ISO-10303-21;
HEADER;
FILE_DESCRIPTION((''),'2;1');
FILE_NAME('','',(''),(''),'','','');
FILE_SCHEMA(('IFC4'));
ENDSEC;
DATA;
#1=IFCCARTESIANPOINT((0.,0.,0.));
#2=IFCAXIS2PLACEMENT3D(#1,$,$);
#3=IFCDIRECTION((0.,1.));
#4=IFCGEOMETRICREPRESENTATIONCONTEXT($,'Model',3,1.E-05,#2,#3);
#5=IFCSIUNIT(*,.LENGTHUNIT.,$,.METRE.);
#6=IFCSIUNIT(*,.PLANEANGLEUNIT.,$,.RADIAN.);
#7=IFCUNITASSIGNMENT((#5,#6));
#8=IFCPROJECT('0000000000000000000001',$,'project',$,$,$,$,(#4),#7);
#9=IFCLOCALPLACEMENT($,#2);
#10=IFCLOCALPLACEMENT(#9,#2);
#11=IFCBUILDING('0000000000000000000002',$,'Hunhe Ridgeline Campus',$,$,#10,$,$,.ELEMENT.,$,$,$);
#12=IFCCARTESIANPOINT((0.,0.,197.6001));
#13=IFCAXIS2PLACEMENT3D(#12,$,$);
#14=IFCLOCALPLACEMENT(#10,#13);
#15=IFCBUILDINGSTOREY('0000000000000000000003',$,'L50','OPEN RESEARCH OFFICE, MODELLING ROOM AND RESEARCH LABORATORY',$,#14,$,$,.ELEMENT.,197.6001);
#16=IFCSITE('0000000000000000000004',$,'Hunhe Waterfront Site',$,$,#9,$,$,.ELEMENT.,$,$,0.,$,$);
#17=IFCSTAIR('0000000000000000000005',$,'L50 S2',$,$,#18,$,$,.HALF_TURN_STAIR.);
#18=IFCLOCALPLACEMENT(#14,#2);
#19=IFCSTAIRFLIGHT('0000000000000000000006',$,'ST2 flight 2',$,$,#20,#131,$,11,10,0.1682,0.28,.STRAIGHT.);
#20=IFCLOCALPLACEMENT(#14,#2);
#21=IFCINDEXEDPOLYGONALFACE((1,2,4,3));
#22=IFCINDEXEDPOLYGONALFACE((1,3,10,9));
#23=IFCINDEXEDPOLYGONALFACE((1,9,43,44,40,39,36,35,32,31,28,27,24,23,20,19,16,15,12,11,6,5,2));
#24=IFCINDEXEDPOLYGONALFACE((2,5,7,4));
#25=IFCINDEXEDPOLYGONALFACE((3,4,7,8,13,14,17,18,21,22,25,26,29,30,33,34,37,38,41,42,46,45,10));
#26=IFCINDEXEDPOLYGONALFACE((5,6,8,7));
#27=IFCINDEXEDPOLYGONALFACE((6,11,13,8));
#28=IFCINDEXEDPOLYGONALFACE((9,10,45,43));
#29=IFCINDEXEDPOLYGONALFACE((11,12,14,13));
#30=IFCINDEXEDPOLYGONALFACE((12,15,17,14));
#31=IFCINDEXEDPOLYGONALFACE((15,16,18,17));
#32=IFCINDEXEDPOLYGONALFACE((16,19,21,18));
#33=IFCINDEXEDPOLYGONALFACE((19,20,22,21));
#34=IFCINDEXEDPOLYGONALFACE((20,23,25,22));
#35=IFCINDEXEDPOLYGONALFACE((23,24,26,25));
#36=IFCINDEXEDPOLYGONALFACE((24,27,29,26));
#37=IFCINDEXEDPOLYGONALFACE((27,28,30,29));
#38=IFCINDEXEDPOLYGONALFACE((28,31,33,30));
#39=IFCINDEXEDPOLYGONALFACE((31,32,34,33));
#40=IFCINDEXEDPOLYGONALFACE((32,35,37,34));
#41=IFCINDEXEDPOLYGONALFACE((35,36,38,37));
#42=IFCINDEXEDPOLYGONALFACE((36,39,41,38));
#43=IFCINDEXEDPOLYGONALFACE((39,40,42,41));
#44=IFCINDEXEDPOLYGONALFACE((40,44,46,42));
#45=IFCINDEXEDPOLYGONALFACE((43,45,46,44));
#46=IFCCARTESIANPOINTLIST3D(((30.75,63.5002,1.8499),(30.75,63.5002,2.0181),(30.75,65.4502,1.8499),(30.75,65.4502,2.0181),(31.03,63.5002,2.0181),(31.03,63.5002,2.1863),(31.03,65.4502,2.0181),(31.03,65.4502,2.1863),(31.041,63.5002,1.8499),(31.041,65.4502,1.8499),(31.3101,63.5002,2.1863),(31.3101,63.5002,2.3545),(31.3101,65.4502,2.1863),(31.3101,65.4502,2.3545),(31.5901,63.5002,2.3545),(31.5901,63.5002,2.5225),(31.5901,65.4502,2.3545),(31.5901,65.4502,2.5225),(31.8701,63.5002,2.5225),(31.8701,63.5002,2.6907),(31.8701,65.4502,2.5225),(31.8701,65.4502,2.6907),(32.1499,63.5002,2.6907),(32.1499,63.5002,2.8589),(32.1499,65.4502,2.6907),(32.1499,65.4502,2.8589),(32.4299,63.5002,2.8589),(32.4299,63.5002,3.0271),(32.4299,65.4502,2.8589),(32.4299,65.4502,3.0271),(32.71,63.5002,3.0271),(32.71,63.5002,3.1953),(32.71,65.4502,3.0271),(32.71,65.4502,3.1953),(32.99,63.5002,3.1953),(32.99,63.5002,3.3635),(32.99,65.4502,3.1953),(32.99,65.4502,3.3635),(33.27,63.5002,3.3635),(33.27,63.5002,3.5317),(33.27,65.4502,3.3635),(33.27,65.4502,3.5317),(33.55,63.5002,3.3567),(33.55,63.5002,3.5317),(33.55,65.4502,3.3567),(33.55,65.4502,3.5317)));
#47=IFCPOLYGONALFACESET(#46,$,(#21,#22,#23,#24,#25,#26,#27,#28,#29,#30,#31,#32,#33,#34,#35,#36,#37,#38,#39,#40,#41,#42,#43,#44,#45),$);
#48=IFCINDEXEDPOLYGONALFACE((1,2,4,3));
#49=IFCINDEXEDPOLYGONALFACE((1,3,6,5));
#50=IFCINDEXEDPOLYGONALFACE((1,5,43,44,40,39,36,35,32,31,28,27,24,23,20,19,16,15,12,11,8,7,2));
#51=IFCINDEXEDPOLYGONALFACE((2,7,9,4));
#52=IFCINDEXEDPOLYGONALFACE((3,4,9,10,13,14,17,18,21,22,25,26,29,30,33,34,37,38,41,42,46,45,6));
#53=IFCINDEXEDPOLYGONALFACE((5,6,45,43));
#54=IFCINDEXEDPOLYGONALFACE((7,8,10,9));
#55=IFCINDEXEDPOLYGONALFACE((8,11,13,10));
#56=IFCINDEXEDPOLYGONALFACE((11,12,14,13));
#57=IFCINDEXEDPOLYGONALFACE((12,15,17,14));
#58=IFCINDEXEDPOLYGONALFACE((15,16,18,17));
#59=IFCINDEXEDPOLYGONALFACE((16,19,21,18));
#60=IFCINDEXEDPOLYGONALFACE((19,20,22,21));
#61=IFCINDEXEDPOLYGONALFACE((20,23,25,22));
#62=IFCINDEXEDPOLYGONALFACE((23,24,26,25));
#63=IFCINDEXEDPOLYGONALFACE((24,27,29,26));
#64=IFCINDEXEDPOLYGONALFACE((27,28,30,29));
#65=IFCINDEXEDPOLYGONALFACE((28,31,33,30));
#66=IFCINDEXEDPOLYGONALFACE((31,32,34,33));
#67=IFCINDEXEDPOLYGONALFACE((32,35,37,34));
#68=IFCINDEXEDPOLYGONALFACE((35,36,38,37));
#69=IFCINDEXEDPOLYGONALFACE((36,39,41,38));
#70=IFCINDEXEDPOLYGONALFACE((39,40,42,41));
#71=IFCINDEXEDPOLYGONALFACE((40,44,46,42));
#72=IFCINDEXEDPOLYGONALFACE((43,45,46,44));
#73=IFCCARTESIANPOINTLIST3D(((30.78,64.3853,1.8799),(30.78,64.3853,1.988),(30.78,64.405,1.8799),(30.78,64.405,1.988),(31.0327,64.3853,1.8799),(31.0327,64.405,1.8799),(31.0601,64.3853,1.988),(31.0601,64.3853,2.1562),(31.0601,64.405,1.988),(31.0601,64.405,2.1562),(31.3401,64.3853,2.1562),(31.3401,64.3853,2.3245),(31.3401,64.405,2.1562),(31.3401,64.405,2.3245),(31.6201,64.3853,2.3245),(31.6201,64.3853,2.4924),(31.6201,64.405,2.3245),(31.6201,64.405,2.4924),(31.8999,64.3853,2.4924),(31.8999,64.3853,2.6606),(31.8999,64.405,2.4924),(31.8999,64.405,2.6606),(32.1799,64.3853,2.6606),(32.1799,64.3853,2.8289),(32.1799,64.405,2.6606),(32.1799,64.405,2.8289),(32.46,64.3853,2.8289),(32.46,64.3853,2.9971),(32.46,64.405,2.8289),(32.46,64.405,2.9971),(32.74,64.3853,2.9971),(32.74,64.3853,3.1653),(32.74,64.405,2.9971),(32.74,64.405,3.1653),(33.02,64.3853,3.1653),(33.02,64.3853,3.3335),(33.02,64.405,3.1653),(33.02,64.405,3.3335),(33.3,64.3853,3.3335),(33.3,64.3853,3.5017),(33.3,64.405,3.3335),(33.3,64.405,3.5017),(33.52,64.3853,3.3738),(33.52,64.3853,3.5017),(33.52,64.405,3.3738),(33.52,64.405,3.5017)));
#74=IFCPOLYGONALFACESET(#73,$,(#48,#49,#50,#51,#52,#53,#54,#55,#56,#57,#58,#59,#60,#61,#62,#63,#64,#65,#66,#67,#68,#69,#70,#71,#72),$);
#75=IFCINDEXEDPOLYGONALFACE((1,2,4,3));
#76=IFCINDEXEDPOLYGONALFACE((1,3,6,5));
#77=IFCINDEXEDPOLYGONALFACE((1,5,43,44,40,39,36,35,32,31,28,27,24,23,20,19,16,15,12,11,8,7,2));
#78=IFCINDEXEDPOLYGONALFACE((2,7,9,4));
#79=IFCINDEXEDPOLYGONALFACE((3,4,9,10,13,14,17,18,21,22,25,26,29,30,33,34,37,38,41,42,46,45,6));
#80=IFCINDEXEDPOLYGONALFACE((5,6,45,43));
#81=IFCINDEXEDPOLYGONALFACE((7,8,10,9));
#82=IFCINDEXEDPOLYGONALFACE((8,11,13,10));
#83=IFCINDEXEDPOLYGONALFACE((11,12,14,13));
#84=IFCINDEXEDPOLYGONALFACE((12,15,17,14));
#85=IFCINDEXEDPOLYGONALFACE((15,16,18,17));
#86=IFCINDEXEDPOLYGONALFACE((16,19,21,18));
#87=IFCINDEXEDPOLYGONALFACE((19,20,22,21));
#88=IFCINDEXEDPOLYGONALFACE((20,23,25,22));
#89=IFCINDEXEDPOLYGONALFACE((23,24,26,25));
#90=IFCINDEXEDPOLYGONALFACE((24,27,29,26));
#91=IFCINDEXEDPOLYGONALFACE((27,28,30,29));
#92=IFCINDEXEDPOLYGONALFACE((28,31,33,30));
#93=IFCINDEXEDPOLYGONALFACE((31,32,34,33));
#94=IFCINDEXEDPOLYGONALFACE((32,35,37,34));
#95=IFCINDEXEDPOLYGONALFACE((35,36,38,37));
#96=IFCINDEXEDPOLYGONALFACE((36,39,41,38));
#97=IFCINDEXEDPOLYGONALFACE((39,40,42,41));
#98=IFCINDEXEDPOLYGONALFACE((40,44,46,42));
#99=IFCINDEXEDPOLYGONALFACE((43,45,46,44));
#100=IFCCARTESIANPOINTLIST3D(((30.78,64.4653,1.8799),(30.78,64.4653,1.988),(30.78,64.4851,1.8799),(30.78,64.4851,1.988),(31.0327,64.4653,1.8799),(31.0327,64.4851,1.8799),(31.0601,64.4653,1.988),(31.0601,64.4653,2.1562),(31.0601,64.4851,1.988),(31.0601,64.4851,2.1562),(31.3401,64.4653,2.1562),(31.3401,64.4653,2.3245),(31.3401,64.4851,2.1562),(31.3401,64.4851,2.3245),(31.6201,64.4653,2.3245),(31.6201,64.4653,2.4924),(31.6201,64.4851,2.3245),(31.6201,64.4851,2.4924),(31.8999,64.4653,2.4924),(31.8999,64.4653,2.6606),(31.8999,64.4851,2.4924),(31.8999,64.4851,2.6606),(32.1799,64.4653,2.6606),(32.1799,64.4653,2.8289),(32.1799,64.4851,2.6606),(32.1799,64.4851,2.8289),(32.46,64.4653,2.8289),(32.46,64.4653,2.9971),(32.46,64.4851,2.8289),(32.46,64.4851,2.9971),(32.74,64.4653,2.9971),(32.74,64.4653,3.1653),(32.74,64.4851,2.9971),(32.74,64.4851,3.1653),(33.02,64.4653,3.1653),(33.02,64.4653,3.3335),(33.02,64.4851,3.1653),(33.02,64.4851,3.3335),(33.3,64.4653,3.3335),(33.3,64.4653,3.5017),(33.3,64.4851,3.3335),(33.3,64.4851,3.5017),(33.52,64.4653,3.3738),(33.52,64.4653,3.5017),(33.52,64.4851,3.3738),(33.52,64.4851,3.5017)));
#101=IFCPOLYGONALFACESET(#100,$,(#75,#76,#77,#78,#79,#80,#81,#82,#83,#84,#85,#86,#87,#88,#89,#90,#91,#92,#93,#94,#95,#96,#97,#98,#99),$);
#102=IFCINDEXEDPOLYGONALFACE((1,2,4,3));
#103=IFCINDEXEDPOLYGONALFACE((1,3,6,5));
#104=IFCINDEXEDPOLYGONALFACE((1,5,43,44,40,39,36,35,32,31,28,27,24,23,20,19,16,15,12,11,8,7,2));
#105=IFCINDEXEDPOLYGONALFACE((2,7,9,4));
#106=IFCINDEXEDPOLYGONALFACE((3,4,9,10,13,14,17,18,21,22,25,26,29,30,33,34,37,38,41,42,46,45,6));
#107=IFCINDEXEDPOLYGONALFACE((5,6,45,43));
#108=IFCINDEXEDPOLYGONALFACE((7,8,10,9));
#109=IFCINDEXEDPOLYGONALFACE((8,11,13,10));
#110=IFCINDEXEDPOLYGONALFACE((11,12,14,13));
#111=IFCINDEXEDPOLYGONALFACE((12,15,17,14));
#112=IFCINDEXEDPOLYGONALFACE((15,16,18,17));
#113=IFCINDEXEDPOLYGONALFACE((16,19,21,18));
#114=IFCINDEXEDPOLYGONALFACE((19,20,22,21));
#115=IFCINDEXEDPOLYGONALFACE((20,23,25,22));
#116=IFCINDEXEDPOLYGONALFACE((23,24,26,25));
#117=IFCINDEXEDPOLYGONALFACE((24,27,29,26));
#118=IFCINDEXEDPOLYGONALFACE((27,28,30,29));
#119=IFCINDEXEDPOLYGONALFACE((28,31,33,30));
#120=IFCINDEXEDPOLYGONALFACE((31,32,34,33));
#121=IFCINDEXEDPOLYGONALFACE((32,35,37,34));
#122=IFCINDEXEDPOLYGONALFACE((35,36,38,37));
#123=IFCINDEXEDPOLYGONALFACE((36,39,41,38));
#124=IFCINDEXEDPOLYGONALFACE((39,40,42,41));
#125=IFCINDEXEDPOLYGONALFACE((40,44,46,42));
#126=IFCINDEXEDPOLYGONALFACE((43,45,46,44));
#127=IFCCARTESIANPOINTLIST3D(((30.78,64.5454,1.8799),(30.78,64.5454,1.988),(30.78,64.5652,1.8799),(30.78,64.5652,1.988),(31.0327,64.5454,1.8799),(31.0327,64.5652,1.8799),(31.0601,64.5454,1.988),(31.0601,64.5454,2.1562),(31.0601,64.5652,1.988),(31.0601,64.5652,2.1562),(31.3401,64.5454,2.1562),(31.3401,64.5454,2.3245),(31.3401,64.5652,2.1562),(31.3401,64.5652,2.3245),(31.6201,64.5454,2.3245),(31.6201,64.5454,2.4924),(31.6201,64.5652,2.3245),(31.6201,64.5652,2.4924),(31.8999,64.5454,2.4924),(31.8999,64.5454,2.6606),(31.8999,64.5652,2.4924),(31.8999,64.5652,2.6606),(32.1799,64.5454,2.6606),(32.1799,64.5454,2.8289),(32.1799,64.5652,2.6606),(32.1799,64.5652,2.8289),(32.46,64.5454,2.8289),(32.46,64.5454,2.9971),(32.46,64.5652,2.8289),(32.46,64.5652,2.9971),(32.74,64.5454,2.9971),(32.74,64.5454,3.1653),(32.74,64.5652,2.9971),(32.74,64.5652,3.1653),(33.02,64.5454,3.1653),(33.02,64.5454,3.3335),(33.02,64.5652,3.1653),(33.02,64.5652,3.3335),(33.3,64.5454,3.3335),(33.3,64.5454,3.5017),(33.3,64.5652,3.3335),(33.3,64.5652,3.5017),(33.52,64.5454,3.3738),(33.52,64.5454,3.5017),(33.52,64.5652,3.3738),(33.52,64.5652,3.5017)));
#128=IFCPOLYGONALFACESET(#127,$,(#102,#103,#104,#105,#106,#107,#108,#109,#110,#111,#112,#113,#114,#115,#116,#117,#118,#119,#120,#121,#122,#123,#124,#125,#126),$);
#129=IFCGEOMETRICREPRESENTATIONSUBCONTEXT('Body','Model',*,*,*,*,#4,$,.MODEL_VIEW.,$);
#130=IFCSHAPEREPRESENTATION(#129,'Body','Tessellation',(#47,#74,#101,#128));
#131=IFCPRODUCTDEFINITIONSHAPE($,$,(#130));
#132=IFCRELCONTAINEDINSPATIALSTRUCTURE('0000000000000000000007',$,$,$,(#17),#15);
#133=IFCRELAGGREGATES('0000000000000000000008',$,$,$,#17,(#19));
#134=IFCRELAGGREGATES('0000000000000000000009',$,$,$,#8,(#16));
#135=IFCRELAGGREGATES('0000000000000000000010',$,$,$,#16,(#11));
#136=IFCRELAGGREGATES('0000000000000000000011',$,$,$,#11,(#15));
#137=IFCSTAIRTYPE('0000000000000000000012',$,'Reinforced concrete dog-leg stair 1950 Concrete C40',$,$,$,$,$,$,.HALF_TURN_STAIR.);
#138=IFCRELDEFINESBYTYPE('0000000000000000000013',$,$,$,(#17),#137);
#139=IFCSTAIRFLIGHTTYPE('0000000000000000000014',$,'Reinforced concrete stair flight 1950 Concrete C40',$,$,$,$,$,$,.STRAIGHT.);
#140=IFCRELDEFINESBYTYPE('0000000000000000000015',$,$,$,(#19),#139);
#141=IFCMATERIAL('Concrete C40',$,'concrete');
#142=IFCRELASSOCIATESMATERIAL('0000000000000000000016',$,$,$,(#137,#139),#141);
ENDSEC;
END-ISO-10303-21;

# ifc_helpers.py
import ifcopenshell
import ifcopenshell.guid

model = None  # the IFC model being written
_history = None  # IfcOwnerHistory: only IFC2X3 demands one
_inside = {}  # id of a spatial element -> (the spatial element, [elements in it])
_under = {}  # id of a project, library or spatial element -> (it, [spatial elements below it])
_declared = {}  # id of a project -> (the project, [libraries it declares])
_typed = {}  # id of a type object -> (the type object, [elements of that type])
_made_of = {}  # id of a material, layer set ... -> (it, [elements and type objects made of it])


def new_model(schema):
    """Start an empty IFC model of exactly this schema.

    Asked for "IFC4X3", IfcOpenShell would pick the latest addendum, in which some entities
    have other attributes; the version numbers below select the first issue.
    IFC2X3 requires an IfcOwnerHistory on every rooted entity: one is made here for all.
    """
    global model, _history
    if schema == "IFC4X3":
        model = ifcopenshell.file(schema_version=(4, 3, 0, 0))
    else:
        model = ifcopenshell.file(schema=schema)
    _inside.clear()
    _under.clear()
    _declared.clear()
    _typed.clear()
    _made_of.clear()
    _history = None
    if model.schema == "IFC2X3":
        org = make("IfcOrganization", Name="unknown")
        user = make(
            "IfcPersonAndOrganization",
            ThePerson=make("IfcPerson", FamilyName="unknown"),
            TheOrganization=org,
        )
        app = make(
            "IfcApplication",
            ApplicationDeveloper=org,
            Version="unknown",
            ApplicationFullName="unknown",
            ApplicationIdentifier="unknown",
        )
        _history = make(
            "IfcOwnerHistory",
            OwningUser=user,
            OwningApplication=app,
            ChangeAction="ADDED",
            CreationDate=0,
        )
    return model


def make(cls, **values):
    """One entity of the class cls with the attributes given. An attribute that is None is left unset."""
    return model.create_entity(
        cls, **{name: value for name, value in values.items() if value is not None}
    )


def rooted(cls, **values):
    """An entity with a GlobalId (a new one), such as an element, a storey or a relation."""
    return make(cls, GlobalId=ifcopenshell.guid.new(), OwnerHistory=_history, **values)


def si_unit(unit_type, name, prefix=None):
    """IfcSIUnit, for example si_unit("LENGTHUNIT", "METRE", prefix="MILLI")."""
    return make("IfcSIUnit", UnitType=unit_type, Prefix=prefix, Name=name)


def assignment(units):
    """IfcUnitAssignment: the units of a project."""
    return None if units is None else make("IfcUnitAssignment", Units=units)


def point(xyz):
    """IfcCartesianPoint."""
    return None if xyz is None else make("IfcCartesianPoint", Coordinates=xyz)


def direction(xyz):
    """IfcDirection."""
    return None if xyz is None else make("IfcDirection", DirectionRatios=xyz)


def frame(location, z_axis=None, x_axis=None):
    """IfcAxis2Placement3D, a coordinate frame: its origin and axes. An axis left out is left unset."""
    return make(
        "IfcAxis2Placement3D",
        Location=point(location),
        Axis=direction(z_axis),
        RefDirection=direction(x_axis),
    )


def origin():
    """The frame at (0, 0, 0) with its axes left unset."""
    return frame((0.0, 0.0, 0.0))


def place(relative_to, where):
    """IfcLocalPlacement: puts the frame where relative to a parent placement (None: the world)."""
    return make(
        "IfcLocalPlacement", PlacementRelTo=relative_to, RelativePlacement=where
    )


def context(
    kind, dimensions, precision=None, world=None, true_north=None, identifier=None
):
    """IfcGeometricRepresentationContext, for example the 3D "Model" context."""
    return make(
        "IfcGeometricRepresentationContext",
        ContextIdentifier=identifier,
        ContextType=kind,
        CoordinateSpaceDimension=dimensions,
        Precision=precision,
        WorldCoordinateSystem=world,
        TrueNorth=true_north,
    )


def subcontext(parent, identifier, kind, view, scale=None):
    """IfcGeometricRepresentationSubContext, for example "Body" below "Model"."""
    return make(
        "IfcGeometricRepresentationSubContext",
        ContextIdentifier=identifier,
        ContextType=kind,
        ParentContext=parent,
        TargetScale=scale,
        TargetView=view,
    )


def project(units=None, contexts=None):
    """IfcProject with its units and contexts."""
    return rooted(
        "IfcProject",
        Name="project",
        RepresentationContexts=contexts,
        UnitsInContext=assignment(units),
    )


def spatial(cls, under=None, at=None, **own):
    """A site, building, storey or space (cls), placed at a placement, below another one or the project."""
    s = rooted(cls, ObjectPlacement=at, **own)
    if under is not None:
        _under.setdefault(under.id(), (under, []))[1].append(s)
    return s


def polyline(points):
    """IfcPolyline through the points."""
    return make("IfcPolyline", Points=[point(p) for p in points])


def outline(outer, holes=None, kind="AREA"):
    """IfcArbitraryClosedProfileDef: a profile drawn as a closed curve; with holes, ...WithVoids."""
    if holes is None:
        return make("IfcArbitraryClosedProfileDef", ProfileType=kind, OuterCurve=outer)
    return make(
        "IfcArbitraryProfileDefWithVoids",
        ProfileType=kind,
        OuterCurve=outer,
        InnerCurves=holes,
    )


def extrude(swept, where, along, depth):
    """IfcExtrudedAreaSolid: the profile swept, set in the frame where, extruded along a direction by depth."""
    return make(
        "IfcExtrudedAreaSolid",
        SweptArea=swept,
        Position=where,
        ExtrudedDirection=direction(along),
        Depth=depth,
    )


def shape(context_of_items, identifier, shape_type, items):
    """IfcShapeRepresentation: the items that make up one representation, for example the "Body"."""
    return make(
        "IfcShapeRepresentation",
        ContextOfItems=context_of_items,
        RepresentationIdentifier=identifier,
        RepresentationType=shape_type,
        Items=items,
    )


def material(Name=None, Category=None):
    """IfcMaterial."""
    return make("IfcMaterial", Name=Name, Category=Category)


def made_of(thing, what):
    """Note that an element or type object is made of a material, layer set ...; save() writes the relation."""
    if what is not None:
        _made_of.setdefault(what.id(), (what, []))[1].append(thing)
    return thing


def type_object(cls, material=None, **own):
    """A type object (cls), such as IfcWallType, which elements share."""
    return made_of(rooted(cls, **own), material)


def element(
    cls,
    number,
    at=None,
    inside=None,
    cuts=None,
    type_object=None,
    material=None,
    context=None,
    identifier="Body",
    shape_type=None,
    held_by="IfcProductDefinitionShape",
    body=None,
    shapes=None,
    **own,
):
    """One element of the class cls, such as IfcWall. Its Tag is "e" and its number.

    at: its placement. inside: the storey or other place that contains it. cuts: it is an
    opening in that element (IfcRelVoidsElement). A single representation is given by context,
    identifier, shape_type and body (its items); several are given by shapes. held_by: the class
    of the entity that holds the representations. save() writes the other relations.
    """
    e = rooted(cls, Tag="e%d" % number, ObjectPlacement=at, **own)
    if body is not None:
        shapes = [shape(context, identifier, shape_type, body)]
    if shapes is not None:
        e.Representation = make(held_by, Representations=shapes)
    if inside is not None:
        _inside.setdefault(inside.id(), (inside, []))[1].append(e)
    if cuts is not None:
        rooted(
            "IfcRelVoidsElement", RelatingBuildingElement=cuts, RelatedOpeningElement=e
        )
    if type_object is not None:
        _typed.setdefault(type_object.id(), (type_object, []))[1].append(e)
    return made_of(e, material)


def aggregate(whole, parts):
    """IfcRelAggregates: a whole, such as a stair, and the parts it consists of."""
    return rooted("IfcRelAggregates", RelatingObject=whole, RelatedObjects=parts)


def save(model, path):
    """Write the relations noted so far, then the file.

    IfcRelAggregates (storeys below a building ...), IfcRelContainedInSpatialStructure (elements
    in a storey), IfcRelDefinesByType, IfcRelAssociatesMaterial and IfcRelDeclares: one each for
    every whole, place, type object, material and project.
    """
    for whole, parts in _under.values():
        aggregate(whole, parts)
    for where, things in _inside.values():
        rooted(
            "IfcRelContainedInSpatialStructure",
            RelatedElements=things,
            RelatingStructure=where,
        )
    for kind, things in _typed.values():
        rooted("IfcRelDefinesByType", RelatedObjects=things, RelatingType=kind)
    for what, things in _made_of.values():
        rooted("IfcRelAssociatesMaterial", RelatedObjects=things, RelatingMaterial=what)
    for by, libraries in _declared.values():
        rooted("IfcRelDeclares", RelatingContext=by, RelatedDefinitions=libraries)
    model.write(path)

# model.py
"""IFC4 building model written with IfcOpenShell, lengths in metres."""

from ifc_helpers import new_model, si_unit, direction, frame, origin, place, context, subcontext, project, spatial, polyline, outline, extrude, material, type_object, element, aggregate, save


model = new_model("IFC4")

# Units and contexts
model_context = context("Model", 3, precision=1e-05, world=origin(), true_north=direction((0.0, 1.0)))
body_context = subcontext(model_context, "Body", "Model", "MODEL_VIEW")
ifc_project = project(units=[si_unit("LENGTHUNIT", "METRE"), si_unit("PLANEANGLEUNIT", "RADIAN")], contexts=[model_context])

# Site, building, storey
site_placement = place(None, origin())
site = spatial("IfcSite", under=ifc_project, at=site_placement, Name="Hunhe Waterfront Site", CompositionType="ELEMENT", RefElevation=0.0)
building_placement = place(site_placement, origin())
building = spatial("IfcBuilding", under=site, at=building_placement, Name="Hunhe Ridgeline Campus", CompositionType="ELEMENT")
storey_placement = place(building_placement, frame((0.0, 0.0, 197.6001)))
storey = spatial("IfcBuildingStorey", under=building, at=storey_placement, Name="L50", Description="OPEN RESEARCH OFFICE, MODELLING ROOM AND RESEARCH LABORATORY", CompositionType="ELEMENT", Elevation=197.6001)

# Stair, stair flight
ifc_material_1 = material(Name="Concrete C40", Category="concrete")
stair_type = type_object("IfcStairType", Name="Reinforced concrete dog-leg stair 1950 Concrete C40", PredefinedType="HALF_TURN_STAIR", material=ifc_material_1)
stair_placement = place(storey_placement, origin())
stair = element("IfcStair", 1, at=stair_placement, inside=storey, type_object=stair_type, Name="L50 S2", PredefinedType="HALF_TURN_STAIR")
stair_flight_type = type_object("IfcStairFlightType", Name="Reinforced concrete stair flight 1950 Concrete C40", PredefinedType="STRAIGHT", material=ifc_material_1)
stair_flight_1_placement = place(storey_placement, frame((30.75, 64.4751, 1.8499), z_axis=(0.0, 0.0, 1.0), x_axis=(1.0, 0.0, 0.0)))
stair_flight_1 = element("IfcStairFlight", 2, at=stair_flight_1_placement, type_object=stair_flight_type, Name="ST2 flight 2", NumberOfRisers=11, NumberOfTreads=10, PredefinedType="STRAIGHT", RiserHeight=0.1682, TreadLength=0.28, context=body_context, shape_type="SweptSolid", body=[
    extrude(outline(polyline([(0.0, 0.0), (0.0, 0.1682), (0.28, 0.1682), (0.28, 0.3364), (0.5601, 0.3364), (0.5601, 0.5046), (0.8401, 0.5046), (0.8401, 0.6726), (1.1201, 0.6726), (1.1201, 0.8408), (1.3999, 0.8408), (1.3999, 1.009), (1.6799, 1.009), (1.6799, 1.1772), (1.96, 1.1772), (1.96, 1.3455), (2.24, 1.3455), (2.24, 1.5137), (2.52, 1.5137), (2.52, 1.6819), (2.8, 1.6819), (2.8, 1.8501), (2.8, 1.5068), (0.291, 0.0), (0.0, 0.0)])), frame((0.0, 0.9751, 0.0), z_axis=(0.0, -1.0, 0.0), x_axis=(1.0, 0.0, 0.0)), (0.0, 0.0, 1.0), 1.95),
    extrude(outline(polyline([(0.03, 0.03), (0.03, 0.1382), (0.3101, 0.1382), (0.3101, 0.3064), (0.5901, 0.3064), (0.5901, 0.4746), (0.8701, 0.4746), (0.8701, 0.6426), (1.1499, 0.6426), (1.1499, 0.8108), (1.4299, 0.8108), (1.4299, 0.979), (1.71, 0.979), (1.71, 1.1472), (1.99, 1.1472), (1.99, 1.3154), (2.27, 1.3154), (2.27, 1.4836), (2.55, 1.4836), (2.55, 1.6519), (2.77, 1.6519), (2.77, 1.5239), (0.2827, 0.03), (0.03, 0.03)])), frame((0.0, -0.0701, 0.0), z_axis=(0.0, -1.0, 0.0), x_axis=(1.0, 0.0, 0.0)), (0.0, 0.0, 1.0), 0.0198),
    extrude(outline(polyline([(0.03, 0.03), (0.03, 0.1382), (0.3101, 0.1382), (0.3101, 0.3064), (0.5901, 0.3064), (0.5901, 0.4746), (0.8701, 0.4746), (0.8701, 0.6426), (1.1499, 0.6426), (1.1499, 0.8108), (1.4299, 0.8108), (1.4299, 0.979), (1.71, 0.979), (1.71, 1.1472), (1.99, 1.1472), (1.99, 1.3154), (2.27, 1.3154), (2.27, 1.4836), (2.55, 1.4836), (2.55, 1.6519), (2.77, 1.6519), (2.77, 1.5239), (0.2827, 0.03), (0.03, 0.03)])), frame((0.0, 0.01, 0.0), z_axis=(0.0, -1.0, 0.0), x_axis=(1.0, 0.0, 0.0)), (0.0, 0.0, 1.0), 0.0198),
    extrude(outline(polyline([(0.03, 0.03), (0.03, 0.1382), (0.3101, 0.1382), (0.3101, 0.3064), (0.5901, 0.3064), (0.5901, 0.4746), (0.8701, 0.4746), (0.8701, 0.6426), (1.1499, 0.6426), (1.1499, 0.8108), (1.4299, 0.8108), (1.4299, 0.979), (1.71, 0.979), (1.71, 1.1472), (1.99, 1.1472), (1.99, 1.3154), (2.27, 1.3154), (2.27, 1.4836), (2.55, 1.4836), (2.55, 1.6519), (2.77, 1.6519), (2.77, 1.5239), (0.2827, 0.03), (0.03, 0.03)])), frame((0.0, 0.0901, 0.0), z_axis=(0.0, -1.0, 0.0), x_axis=(1.0, 0.0, 0.0)), (0.0, 0.0, 1.0), 0.0198),
])
aggregate(stair, [stair_flight_1])

save(model, "model.ifc")
